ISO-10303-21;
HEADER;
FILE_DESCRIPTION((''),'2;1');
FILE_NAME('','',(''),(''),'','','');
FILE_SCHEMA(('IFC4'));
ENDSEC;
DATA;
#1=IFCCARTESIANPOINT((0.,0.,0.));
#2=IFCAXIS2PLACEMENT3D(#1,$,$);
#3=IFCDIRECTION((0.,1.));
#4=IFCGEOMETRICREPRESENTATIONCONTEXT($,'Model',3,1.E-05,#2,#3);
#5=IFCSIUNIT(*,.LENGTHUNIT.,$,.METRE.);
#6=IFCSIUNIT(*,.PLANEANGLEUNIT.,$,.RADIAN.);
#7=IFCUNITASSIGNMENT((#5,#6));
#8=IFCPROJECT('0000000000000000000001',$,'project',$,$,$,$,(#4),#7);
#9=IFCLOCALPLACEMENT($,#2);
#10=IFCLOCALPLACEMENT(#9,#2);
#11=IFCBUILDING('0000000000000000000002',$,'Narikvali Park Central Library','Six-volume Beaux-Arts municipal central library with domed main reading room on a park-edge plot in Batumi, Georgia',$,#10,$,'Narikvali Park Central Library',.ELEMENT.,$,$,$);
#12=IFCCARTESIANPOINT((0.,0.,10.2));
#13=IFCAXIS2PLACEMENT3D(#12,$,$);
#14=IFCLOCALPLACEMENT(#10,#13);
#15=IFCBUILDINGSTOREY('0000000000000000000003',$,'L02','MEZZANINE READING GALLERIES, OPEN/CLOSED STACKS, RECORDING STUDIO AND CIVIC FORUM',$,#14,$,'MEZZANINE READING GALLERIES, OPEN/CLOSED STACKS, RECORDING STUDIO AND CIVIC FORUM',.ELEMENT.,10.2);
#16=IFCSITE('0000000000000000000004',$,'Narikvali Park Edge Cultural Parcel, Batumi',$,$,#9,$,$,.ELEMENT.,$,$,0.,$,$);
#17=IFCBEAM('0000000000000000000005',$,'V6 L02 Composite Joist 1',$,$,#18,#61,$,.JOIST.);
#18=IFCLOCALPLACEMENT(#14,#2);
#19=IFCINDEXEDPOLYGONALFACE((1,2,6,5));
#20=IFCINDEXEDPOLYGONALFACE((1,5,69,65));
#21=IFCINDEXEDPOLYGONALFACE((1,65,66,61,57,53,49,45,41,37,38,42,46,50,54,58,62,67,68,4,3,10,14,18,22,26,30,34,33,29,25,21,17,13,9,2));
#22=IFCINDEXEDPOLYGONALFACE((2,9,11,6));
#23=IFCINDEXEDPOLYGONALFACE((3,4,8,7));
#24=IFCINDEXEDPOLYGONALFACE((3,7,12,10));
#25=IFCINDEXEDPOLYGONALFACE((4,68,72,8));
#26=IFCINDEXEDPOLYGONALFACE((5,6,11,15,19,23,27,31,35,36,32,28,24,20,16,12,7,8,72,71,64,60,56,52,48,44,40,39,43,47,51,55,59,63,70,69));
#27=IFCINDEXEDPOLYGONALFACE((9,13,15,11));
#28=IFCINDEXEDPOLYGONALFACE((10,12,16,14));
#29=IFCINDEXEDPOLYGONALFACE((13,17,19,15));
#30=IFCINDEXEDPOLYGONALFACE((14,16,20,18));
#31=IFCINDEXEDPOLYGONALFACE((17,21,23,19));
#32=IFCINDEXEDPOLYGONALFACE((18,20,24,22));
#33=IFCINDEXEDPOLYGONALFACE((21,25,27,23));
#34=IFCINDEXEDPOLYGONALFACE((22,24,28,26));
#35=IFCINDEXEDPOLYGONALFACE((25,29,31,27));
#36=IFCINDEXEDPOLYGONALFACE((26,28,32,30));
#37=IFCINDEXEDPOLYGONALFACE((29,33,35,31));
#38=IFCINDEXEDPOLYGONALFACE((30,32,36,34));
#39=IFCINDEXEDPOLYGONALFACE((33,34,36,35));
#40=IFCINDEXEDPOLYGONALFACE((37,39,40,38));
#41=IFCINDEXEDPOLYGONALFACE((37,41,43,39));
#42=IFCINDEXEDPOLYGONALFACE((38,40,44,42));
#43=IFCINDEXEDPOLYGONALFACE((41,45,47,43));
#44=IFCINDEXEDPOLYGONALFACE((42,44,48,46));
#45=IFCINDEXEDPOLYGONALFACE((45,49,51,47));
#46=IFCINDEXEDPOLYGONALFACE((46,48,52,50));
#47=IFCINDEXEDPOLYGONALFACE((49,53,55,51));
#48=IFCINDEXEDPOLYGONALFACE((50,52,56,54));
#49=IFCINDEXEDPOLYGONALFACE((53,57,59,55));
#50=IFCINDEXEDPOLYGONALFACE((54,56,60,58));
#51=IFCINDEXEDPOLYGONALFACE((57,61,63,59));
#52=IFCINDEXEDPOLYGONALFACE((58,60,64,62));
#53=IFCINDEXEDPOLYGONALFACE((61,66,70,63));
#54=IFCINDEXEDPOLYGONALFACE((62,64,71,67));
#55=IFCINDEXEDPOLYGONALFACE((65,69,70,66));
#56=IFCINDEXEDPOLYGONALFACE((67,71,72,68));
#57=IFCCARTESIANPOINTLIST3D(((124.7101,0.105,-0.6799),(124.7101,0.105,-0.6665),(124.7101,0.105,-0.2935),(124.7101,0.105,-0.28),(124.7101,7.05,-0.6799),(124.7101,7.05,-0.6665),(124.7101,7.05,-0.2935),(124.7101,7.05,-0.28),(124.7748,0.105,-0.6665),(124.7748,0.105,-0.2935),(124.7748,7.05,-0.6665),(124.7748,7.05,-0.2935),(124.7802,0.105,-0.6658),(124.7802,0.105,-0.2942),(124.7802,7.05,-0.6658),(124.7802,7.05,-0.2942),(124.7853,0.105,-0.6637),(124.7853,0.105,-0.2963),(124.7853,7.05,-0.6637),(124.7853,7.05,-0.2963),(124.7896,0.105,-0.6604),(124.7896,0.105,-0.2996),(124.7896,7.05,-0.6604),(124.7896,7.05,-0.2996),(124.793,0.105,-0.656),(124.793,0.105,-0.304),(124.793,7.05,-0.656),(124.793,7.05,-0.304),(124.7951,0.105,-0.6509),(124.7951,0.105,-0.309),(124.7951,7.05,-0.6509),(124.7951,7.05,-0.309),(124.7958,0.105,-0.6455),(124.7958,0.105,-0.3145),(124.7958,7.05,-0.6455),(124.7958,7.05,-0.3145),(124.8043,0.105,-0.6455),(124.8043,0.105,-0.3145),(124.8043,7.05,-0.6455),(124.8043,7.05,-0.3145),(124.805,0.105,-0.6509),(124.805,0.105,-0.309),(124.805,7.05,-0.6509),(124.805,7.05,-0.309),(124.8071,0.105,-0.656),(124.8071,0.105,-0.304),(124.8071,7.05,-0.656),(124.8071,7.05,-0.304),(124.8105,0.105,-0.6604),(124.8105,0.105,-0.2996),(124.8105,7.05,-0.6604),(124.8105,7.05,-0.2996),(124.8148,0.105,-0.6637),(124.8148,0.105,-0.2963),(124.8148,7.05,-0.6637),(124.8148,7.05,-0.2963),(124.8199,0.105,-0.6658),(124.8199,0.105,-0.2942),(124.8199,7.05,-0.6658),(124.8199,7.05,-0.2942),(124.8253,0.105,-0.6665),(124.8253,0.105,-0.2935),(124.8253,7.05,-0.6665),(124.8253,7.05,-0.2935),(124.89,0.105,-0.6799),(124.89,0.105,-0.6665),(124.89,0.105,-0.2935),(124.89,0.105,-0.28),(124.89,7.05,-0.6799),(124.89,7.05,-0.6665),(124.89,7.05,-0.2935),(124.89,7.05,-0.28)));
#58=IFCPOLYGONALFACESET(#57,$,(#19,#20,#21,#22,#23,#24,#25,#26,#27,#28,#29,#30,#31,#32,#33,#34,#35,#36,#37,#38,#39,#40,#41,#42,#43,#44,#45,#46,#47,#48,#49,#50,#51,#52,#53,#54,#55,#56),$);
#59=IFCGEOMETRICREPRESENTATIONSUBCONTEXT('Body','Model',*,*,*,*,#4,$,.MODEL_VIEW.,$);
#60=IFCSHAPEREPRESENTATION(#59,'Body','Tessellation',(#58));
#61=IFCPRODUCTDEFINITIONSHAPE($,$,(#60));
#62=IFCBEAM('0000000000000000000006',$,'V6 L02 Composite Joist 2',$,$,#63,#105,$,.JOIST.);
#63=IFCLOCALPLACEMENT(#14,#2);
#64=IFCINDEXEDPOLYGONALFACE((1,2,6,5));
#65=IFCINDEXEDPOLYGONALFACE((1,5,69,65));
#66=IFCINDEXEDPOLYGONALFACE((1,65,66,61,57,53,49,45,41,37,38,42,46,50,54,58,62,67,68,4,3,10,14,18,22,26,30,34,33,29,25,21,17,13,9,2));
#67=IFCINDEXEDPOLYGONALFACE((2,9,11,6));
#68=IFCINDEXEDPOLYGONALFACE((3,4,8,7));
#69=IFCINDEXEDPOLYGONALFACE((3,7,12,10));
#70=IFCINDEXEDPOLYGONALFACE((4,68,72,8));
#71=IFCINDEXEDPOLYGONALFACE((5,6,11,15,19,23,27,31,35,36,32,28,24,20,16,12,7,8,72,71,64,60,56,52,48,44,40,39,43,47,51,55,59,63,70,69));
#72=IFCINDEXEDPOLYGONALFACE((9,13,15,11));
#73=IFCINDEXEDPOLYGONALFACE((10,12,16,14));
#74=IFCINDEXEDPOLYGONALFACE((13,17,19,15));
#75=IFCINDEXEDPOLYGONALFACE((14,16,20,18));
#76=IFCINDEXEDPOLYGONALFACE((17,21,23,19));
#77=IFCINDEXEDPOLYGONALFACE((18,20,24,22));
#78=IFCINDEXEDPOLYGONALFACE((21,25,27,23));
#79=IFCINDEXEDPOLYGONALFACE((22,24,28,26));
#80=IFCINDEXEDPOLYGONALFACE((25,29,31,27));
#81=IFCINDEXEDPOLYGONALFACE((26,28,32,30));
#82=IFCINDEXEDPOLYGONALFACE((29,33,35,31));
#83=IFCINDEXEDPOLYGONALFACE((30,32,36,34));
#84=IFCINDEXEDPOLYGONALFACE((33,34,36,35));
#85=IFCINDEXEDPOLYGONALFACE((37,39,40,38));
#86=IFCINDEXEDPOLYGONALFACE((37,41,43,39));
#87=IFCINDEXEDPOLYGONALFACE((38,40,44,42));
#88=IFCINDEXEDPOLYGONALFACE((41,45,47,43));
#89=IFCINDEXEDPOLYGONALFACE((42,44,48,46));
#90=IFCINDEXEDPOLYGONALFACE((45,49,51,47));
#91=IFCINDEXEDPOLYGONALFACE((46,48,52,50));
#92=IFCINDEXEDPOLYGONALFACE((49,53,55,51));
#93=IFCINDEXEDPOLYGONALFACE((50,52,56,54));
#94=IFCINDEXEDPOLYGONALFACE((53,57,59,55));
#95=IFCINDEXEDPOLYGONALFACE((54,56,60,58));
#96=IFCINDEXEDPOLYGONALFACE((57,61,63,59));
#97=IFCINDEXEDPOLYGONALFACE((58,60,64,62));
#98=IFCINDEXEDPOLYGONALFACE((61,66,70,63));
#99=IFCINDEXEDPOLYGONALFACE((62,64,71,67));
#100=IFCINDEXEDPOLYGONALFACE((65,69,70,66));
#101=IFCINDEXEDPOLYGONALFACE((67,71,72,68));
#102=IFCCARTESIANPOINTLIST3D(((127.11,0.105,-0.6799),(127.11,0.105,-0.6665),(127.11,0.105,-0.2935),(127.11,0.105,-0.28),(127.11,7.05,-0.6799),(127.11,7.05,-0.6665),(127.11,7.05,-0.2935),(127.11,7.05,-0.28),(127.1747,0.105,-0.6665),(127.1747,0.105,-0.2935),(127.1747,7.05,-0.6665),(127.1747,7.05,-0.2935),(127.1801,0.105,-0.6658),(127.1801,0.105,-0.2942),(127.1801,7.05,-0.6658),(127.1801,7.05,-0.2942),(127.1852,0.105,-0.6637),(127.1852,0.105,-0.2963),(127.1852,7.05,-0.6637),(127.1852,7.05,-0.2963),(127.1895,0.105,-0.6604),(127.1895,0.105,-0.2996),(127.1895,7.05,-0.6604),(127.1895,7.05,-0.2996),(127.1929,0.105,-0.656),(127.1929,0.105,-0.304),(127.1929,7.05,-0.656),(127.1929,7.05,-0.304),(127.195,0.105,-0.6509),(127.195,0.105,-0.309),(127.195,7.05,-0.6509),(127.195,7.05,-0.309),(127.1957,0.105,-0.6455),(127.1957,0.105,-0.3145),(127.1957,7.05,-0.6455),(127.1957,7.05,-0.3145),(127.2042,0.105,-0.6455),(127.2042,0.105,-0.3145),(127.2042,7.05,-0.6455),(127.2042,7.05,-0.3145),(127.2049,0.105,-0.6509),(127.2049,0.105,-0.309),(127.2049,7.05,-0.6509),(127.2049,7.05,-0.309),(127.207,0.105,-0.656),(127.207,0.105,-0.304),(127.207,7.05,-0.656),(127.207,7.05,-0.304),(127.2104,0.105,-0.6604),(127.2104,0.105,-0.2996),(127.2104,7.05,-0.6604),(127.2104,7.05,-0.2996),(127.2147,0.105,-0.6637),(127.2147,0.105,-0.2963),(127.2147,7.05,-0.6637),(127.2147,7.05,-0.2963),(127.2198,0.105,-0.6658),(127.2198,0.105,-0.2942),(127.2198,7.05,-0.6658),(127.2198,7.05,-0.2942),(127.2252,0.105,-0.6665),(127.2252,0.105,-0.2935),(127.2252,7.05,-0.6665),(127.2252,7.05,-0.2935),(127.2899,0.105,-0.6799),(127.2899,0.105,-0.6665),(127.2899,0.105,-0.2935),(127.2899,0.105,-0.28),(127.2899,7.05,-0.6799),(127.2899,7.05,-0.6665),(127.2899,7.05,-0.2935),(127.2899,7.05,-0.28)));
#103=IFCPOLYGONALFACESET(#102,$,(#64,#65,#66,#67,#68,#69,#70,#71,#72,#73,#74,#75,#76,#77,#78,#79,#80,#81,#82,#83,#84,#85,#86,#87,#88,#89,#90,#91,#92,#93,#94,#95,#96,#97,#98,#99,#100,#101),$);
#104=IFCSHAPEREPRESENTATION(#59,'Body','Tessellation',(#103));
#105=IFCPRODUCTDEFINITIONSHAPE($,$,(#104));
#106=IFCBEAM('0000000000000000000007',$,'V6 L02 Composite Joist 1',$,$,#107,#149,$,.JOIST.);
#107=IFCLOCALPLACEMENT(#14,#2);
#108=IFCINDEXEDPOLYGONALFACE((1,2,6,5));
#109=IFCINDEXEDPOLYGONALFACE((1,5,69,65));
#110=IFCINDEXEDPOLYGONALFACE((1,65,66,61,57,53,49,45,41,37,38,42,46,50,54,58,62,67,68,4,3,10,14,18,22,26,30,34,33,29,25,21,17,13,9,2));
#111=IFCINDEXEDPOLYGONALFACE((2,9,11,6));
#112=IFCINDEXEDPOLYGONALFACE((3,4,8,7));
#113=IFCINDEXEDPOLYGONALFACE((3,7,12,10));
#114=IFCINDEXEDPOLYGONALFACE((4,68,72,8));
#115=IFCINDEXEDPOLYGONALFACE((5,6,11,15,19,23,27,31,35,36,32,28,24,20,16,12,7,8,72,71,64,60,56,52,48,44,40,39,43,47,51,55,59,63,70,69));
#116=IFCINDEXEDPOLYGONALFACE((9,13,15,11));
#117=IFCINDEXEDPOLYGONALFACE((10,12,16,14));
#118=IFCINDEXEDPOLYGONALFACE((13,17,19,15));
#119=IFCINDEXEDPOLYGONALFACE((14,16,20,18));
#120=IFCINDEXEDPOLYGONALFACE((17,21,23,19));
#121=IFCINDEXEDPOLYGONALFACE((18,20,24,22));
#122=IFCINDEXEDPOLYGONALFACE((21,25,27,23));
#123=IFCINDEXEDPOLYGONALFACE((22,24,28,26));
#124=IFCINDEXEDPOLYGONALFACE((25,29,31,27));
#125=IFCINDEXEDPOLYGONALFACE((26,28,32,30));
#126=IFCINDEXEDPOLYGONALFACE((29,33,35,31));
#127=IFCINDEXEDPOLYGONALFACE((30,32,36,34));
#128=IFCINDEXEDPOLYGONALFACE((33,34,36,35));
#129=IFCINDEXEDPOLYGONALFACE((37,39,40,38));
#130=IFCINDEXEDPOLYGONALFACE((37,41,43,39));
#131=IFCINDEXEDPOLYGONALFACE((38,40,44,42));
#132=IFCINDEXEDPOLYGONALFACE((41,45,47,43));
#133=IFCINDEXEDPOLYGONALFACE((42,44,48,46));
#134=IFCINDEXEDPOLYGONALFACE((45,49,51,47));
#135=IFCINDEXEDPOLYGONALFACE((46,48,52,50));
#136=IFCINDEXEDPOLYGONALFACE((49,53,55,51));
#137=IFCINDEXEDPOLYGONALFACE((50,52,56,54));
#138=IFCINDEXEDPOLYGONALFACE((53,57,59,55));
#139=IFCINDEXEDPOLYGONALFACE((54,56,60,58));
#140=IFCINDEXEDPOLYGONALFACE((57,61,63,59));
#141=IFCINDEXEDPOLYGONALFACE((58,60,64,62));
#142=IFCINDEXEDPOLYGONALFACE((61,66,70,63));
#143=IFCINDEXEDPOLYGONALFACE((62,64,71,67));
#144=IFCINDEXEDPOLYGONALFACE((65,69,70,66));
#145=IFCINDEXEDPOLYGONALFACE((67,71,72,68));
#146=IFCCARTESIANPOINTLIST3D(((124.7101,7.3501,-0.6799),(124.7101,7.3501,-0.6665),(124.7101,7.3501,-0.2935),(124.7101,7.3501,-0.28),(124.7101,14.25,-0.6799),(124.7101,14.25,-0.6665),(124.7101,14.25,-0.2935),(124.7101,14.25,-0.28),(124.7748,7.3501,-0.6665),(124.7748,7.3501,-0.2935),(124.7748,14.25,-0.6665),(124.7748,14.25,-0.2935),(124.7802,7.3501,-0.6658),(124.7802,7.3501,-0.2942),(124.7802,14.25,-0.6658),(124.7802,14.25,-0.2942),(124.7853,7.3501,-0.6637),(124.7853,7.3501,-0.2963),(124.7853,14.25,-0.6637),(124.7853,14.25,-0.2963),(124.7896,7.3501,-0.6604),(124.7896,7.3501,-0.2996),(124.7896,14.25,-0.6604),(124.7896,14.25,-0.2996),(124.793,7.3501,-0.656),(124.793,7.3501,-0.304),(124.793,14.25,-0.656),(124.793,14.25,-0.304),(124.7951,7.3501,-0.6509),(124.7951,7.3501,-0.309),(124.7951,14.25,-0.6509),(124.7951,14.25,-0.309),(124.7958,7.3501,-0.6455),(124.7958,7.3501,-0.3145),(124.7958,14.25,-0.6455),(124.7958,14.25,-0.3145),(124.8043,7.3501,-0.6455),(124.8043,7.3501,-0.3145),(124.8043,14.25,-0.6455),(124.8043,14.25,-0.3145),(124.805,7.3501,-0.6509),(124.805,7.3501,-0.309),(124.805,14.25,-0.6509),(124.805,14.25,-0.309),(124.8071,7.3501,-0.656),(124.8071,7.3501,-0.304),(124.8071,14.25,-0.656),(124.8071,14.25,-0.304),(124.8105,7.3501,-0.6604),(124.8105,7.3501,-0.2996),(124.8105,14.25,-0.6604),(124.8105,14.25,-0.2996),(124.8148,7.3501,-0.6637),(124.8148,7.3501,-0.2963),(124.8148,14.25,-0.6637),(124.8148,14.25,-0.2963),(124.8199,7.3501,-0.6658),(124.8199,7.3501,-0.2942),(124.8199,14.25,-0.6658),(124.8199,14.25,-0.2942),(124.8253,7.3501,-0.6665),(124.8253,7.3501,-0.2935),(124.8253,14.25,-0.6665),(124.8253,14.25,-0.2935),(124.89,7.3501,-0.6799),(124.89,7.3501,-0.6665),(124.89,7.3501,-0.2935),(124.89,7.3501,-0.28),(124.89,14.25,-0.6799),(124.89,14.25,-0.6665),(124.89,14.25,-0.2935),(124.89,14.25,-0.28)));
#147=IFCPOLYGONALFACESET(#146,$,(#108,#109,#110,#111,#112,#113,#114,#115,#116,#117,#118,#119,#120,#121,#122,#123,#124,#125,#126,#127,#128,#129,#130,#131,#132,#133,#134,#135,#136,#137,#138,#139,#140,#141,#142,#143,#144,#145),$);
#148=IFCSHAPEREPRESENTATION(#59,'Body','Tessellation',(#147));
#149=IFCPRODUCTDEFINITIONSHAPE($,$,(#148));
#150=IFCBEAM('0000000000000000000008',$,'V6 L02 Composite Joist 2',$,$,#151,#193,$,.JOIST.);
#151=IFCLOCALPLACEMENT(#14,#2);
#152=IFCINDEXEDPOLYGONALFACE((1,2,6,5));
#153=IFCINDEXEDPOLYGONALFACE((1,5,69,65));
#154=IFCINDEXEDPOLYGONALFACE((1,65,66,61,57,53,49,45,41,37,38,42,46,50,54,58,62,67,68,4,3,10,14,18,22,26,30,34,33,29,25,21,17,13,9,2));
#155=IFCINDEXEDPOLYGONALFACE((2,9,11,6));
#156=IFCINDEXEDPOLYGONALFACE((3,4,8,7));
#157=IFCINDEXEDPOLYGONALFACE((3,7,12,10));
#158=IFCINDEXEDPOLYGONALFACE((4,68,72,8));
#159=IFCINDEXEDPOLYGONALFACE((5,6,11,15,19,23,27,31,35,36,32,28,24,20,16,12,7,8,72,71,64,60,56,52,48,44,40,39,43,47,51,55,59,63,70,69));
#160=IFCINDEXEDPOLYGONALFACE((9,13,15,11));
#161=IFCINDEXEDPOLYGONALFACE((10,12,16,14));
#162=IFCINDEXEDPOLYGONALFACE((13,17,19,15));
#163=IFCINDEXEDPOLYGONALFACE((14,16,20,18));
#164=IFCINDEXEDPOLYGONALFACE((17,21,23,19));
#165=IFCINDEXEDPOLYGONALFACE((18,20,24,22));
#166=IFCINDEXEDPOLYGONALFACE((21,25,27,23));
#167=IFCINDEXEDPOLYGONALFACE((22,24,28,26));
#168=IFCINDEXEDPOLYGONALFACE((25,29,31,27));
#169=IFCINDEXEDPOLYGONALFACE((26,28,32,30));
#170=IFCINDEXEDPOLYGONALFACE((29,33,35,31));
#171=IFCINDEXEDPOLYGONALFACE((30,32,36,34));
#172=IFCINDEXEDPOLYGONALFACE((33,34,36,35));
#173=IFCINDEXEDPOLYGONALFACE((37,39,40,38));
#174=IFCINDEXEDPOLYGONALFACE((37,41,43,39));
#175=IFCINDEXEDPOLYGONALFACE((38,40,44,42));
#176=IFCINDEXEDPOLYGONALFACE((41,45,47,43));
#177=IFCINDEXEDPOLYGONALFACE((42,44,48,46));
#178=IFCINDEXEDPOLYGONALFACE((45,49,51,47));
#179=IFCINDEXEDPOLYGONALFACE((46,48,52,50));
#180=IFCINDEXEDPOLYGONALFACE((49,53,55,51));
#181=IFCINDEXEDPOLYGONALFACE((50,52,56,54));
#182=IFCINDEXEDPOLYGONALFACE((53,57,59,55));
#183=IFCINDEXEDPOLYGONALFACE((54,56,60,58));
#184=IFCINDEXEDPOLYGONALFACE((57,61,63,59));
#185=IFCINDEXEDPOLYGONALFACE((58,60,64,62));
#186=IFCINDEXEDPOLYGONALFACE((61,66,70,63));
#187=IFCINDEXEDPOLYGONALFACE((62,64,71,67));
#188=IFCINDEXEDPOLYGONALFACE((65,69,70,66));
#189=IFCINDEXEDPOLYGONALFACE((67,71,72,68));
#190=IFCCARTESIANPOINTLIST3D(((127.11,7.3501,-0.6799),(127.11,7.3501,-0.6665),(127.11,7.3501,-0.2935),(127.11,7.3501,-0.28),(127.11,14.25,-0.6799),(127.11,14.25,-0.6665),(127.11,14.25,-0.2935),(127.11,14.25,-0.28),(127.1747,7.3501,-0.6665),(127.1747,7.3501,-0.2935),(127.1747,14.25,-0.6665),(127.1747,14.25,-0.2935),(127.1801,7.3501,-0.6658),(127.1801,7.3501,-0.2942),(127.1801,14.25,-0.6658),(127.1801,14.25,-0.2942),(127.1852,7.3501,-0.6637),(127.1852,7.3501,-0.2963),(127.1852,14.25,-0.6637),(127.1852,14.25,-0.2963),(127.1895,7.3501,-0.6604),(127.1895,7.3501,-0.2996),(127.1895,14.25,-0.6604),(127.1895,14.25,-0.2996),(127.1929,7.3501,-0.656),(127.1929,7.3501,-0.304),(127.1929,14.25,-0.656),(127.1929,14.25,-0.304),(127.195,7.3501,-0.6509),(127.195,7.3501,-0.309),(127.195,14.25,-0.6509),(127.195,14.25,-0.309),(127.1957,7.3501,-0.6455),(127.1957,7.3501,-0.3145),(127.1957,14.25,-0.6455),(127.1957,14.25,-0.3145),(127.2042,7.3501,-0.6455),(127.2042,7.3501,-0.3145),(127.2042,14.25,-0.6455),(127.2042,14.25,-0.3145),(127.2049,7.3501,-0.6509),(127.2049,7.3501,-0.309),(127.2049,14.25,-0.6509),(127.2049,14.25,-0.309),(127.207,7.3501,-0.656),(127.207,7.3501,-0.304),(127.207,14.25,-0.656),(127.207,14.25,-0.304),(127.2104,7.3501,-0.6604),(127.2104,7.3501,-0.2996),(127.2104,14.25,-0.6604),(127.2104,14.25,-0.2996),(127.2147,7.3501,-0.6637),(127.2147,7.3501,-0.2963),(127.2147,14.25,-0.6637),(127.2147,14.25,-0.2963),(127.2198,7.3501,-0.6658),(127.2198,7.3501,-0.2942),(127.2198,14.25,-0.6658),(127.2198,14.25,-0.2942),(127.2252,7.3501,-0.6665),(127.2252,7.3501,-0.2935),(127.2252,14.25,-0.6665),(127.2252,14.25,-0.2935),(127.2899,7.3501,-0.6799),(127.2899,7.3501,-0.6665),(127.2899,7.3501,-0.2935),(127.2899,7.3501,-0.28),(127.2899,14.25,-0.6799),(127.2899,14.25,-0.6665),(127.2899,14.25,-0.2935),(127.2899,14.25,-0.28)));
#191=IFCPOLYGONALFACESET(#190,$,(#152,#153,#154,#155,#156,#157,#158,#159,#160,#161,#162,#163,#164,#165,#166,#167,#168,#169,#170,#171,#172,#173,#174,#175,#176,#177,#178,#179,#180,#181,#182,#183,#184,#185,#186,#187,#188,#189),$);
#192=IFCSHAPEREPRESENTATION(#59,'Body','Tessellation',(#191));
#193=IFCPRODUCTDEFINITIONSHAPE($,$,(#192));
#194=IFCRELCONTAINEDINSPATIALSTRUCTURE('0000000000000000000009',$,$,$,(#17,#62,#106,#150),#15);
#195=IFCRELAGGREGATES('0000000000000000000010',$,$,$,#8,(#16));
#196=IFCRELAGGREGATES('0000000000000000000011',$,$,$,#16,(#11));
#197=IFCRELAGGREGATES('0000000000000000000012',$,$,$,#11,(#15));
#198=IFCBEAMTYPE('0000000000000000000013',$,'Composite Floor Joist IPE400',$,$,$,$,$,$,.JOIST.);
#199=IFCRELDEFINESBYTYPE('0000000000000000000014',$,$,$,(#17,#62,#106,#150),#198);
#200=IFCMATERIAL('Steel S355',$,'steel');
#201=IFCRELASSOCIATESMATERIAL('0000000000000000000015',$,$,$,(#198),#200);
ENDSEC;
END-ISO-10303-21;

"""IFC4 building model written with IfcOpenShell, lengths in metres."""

from ifc_helpers import new_model, si_unit, direction, frame, origin, origin_2d, place, context, subcontext, project, spatial, i_section, extrude, material, material_profile, profile_set, type_object, element, save


model = new_model("IFC4")

# Units and contexts
model_context = context("Model", 3, precision=1e-05, world=origin(), true_north=direction((0.0, 1.0)))
body_context = subcontext(model_context, "Body", "Model", "MODEL_VIEW")
ifc_project = project(units=[si_unit("LENGTHUNIT", "METRE"), si_unit("PLANEANGLEUNIT", "RADIAN")], contexts=[model_context])

# Site, building, storey
site_placement = place(None, origin())
site = spatial("IfcSite", under=ifc_project, at=site_placement, Name="Narikvali Park Edge Cultural Parcel, Batumi", CompositionType="ELEMENT", RefElevation=0.0)
building_placement = place(site_placement, origin())
building = spatial("IfcBuilding", under=site, at=building_placement, Name="Narikvali Park Central Library", Description="Six-volume Beaux-Arts municipal central library with domed main reading room on a park-edge plot in Batumi, Georgia", LongName="Narikvali Park Central Library", CompositionType="ELEMENT")
storey_placement = place(building_placement, frame((0.0, 0.0, 10.2)))
storey = spatial("IfcBuildingStorey", under=building, at=storey_placement, Name="L02", Description="MEZZANINE READING GALLERIES, OPEN/CLOSED STACKS, RECORDING STUDIO AND CIVIC FORUM", LongName="MEZZANINE READING GALLERIES, OPEN/CLOSED STACKS, RECORDING STUDIO AND CIVIC FORUM", CompositionType="ELEMENT", Elevation=10.2)

# Shared definitions
ifc_material_1 = material(Name="Steel S355", Category="steel")

# Beams
ifc_material_profile_1 = material_profile(ifc_material_1, i_section(OverallWidth=0.1799, OverallDepth=0.3999, WebThickness=0.0085, FlangeThickness=0.0134, FilletRadius=0.021, at=origin_2d()), Name="IPE 400")
ifc_profile_set_1 = profile_set([ifc_material_profile_1], Name="Steel S355")
beam_type_1 = type_object("IfcBeamType", Name="Composite Floor Joist IPE400", PredefinedType="JOIST", material=ifc_profile_set_1)
for number, where, z_axis, x_axis, name in (
    (1, (124.8, 0.105, -0.48), (0.0, 1.0, 0.0), (-1.0, 0.0, 0.0), "V6 L02 Composite Joist 1"),
    (2, (127.2, 0.105, -0.48), (0.0, 1.0, 0.0), (-1.0, 0.0, 0.0), "V6 L02 Composite Joist 2"),
):
    element("IfcBeam", number, at=place(storey_placement, frame(where, z_axis=z_axis, x_axis=x_axis)), inside=storey, type_object=beam_type_1, Name=name, PredefinedType="JOIST", context=body_context, shape_type="SweptSolid", body=[
        extrude(i_section(OverallWidth=0.1799, OverallDepth=0.3999, WebThickness=0.0085, FlangeThickness=0.0134, FilletRadius=0.021, at=origin_2d()), origin(), (0.0, 0.0, 1.0), 6.9451),
    ])
for number, where, z_axis, x_axis, name in (
    (3, (124.8, 7.3501, -0.48), (0.0, 1.0, 0.0), (-1.0, 0.0, 0.0), "V6 L02 Composite Joist 1"),
    (4, (127.2, 7.3501, -0.48), (0.0, 1.0, 0.0), (-1.0, 0.0, 0.0), "V6 L02 Composite Joist 2"),
):
    element("IfcBeam", number, at=place(storey_placement, frame(where, z_axis=z_axis, x_axis=x_axis)), inside=storey, type_object=beam_type_1, Name=name, PredefinedType="JOIST", context=body_context, shape_type="SweptSolid", body=[
        extrude(i_section(OverallWidth=0.1799, OverallDepth=0.3999, WebThickness=0.0085, FlangeThickness=0.0134, FilletRadius=0.021, at=origin_2d()), origin(), (0.0, 0.0, 1.0), 6.8999),
    ])

save(model, "model.ifc")
